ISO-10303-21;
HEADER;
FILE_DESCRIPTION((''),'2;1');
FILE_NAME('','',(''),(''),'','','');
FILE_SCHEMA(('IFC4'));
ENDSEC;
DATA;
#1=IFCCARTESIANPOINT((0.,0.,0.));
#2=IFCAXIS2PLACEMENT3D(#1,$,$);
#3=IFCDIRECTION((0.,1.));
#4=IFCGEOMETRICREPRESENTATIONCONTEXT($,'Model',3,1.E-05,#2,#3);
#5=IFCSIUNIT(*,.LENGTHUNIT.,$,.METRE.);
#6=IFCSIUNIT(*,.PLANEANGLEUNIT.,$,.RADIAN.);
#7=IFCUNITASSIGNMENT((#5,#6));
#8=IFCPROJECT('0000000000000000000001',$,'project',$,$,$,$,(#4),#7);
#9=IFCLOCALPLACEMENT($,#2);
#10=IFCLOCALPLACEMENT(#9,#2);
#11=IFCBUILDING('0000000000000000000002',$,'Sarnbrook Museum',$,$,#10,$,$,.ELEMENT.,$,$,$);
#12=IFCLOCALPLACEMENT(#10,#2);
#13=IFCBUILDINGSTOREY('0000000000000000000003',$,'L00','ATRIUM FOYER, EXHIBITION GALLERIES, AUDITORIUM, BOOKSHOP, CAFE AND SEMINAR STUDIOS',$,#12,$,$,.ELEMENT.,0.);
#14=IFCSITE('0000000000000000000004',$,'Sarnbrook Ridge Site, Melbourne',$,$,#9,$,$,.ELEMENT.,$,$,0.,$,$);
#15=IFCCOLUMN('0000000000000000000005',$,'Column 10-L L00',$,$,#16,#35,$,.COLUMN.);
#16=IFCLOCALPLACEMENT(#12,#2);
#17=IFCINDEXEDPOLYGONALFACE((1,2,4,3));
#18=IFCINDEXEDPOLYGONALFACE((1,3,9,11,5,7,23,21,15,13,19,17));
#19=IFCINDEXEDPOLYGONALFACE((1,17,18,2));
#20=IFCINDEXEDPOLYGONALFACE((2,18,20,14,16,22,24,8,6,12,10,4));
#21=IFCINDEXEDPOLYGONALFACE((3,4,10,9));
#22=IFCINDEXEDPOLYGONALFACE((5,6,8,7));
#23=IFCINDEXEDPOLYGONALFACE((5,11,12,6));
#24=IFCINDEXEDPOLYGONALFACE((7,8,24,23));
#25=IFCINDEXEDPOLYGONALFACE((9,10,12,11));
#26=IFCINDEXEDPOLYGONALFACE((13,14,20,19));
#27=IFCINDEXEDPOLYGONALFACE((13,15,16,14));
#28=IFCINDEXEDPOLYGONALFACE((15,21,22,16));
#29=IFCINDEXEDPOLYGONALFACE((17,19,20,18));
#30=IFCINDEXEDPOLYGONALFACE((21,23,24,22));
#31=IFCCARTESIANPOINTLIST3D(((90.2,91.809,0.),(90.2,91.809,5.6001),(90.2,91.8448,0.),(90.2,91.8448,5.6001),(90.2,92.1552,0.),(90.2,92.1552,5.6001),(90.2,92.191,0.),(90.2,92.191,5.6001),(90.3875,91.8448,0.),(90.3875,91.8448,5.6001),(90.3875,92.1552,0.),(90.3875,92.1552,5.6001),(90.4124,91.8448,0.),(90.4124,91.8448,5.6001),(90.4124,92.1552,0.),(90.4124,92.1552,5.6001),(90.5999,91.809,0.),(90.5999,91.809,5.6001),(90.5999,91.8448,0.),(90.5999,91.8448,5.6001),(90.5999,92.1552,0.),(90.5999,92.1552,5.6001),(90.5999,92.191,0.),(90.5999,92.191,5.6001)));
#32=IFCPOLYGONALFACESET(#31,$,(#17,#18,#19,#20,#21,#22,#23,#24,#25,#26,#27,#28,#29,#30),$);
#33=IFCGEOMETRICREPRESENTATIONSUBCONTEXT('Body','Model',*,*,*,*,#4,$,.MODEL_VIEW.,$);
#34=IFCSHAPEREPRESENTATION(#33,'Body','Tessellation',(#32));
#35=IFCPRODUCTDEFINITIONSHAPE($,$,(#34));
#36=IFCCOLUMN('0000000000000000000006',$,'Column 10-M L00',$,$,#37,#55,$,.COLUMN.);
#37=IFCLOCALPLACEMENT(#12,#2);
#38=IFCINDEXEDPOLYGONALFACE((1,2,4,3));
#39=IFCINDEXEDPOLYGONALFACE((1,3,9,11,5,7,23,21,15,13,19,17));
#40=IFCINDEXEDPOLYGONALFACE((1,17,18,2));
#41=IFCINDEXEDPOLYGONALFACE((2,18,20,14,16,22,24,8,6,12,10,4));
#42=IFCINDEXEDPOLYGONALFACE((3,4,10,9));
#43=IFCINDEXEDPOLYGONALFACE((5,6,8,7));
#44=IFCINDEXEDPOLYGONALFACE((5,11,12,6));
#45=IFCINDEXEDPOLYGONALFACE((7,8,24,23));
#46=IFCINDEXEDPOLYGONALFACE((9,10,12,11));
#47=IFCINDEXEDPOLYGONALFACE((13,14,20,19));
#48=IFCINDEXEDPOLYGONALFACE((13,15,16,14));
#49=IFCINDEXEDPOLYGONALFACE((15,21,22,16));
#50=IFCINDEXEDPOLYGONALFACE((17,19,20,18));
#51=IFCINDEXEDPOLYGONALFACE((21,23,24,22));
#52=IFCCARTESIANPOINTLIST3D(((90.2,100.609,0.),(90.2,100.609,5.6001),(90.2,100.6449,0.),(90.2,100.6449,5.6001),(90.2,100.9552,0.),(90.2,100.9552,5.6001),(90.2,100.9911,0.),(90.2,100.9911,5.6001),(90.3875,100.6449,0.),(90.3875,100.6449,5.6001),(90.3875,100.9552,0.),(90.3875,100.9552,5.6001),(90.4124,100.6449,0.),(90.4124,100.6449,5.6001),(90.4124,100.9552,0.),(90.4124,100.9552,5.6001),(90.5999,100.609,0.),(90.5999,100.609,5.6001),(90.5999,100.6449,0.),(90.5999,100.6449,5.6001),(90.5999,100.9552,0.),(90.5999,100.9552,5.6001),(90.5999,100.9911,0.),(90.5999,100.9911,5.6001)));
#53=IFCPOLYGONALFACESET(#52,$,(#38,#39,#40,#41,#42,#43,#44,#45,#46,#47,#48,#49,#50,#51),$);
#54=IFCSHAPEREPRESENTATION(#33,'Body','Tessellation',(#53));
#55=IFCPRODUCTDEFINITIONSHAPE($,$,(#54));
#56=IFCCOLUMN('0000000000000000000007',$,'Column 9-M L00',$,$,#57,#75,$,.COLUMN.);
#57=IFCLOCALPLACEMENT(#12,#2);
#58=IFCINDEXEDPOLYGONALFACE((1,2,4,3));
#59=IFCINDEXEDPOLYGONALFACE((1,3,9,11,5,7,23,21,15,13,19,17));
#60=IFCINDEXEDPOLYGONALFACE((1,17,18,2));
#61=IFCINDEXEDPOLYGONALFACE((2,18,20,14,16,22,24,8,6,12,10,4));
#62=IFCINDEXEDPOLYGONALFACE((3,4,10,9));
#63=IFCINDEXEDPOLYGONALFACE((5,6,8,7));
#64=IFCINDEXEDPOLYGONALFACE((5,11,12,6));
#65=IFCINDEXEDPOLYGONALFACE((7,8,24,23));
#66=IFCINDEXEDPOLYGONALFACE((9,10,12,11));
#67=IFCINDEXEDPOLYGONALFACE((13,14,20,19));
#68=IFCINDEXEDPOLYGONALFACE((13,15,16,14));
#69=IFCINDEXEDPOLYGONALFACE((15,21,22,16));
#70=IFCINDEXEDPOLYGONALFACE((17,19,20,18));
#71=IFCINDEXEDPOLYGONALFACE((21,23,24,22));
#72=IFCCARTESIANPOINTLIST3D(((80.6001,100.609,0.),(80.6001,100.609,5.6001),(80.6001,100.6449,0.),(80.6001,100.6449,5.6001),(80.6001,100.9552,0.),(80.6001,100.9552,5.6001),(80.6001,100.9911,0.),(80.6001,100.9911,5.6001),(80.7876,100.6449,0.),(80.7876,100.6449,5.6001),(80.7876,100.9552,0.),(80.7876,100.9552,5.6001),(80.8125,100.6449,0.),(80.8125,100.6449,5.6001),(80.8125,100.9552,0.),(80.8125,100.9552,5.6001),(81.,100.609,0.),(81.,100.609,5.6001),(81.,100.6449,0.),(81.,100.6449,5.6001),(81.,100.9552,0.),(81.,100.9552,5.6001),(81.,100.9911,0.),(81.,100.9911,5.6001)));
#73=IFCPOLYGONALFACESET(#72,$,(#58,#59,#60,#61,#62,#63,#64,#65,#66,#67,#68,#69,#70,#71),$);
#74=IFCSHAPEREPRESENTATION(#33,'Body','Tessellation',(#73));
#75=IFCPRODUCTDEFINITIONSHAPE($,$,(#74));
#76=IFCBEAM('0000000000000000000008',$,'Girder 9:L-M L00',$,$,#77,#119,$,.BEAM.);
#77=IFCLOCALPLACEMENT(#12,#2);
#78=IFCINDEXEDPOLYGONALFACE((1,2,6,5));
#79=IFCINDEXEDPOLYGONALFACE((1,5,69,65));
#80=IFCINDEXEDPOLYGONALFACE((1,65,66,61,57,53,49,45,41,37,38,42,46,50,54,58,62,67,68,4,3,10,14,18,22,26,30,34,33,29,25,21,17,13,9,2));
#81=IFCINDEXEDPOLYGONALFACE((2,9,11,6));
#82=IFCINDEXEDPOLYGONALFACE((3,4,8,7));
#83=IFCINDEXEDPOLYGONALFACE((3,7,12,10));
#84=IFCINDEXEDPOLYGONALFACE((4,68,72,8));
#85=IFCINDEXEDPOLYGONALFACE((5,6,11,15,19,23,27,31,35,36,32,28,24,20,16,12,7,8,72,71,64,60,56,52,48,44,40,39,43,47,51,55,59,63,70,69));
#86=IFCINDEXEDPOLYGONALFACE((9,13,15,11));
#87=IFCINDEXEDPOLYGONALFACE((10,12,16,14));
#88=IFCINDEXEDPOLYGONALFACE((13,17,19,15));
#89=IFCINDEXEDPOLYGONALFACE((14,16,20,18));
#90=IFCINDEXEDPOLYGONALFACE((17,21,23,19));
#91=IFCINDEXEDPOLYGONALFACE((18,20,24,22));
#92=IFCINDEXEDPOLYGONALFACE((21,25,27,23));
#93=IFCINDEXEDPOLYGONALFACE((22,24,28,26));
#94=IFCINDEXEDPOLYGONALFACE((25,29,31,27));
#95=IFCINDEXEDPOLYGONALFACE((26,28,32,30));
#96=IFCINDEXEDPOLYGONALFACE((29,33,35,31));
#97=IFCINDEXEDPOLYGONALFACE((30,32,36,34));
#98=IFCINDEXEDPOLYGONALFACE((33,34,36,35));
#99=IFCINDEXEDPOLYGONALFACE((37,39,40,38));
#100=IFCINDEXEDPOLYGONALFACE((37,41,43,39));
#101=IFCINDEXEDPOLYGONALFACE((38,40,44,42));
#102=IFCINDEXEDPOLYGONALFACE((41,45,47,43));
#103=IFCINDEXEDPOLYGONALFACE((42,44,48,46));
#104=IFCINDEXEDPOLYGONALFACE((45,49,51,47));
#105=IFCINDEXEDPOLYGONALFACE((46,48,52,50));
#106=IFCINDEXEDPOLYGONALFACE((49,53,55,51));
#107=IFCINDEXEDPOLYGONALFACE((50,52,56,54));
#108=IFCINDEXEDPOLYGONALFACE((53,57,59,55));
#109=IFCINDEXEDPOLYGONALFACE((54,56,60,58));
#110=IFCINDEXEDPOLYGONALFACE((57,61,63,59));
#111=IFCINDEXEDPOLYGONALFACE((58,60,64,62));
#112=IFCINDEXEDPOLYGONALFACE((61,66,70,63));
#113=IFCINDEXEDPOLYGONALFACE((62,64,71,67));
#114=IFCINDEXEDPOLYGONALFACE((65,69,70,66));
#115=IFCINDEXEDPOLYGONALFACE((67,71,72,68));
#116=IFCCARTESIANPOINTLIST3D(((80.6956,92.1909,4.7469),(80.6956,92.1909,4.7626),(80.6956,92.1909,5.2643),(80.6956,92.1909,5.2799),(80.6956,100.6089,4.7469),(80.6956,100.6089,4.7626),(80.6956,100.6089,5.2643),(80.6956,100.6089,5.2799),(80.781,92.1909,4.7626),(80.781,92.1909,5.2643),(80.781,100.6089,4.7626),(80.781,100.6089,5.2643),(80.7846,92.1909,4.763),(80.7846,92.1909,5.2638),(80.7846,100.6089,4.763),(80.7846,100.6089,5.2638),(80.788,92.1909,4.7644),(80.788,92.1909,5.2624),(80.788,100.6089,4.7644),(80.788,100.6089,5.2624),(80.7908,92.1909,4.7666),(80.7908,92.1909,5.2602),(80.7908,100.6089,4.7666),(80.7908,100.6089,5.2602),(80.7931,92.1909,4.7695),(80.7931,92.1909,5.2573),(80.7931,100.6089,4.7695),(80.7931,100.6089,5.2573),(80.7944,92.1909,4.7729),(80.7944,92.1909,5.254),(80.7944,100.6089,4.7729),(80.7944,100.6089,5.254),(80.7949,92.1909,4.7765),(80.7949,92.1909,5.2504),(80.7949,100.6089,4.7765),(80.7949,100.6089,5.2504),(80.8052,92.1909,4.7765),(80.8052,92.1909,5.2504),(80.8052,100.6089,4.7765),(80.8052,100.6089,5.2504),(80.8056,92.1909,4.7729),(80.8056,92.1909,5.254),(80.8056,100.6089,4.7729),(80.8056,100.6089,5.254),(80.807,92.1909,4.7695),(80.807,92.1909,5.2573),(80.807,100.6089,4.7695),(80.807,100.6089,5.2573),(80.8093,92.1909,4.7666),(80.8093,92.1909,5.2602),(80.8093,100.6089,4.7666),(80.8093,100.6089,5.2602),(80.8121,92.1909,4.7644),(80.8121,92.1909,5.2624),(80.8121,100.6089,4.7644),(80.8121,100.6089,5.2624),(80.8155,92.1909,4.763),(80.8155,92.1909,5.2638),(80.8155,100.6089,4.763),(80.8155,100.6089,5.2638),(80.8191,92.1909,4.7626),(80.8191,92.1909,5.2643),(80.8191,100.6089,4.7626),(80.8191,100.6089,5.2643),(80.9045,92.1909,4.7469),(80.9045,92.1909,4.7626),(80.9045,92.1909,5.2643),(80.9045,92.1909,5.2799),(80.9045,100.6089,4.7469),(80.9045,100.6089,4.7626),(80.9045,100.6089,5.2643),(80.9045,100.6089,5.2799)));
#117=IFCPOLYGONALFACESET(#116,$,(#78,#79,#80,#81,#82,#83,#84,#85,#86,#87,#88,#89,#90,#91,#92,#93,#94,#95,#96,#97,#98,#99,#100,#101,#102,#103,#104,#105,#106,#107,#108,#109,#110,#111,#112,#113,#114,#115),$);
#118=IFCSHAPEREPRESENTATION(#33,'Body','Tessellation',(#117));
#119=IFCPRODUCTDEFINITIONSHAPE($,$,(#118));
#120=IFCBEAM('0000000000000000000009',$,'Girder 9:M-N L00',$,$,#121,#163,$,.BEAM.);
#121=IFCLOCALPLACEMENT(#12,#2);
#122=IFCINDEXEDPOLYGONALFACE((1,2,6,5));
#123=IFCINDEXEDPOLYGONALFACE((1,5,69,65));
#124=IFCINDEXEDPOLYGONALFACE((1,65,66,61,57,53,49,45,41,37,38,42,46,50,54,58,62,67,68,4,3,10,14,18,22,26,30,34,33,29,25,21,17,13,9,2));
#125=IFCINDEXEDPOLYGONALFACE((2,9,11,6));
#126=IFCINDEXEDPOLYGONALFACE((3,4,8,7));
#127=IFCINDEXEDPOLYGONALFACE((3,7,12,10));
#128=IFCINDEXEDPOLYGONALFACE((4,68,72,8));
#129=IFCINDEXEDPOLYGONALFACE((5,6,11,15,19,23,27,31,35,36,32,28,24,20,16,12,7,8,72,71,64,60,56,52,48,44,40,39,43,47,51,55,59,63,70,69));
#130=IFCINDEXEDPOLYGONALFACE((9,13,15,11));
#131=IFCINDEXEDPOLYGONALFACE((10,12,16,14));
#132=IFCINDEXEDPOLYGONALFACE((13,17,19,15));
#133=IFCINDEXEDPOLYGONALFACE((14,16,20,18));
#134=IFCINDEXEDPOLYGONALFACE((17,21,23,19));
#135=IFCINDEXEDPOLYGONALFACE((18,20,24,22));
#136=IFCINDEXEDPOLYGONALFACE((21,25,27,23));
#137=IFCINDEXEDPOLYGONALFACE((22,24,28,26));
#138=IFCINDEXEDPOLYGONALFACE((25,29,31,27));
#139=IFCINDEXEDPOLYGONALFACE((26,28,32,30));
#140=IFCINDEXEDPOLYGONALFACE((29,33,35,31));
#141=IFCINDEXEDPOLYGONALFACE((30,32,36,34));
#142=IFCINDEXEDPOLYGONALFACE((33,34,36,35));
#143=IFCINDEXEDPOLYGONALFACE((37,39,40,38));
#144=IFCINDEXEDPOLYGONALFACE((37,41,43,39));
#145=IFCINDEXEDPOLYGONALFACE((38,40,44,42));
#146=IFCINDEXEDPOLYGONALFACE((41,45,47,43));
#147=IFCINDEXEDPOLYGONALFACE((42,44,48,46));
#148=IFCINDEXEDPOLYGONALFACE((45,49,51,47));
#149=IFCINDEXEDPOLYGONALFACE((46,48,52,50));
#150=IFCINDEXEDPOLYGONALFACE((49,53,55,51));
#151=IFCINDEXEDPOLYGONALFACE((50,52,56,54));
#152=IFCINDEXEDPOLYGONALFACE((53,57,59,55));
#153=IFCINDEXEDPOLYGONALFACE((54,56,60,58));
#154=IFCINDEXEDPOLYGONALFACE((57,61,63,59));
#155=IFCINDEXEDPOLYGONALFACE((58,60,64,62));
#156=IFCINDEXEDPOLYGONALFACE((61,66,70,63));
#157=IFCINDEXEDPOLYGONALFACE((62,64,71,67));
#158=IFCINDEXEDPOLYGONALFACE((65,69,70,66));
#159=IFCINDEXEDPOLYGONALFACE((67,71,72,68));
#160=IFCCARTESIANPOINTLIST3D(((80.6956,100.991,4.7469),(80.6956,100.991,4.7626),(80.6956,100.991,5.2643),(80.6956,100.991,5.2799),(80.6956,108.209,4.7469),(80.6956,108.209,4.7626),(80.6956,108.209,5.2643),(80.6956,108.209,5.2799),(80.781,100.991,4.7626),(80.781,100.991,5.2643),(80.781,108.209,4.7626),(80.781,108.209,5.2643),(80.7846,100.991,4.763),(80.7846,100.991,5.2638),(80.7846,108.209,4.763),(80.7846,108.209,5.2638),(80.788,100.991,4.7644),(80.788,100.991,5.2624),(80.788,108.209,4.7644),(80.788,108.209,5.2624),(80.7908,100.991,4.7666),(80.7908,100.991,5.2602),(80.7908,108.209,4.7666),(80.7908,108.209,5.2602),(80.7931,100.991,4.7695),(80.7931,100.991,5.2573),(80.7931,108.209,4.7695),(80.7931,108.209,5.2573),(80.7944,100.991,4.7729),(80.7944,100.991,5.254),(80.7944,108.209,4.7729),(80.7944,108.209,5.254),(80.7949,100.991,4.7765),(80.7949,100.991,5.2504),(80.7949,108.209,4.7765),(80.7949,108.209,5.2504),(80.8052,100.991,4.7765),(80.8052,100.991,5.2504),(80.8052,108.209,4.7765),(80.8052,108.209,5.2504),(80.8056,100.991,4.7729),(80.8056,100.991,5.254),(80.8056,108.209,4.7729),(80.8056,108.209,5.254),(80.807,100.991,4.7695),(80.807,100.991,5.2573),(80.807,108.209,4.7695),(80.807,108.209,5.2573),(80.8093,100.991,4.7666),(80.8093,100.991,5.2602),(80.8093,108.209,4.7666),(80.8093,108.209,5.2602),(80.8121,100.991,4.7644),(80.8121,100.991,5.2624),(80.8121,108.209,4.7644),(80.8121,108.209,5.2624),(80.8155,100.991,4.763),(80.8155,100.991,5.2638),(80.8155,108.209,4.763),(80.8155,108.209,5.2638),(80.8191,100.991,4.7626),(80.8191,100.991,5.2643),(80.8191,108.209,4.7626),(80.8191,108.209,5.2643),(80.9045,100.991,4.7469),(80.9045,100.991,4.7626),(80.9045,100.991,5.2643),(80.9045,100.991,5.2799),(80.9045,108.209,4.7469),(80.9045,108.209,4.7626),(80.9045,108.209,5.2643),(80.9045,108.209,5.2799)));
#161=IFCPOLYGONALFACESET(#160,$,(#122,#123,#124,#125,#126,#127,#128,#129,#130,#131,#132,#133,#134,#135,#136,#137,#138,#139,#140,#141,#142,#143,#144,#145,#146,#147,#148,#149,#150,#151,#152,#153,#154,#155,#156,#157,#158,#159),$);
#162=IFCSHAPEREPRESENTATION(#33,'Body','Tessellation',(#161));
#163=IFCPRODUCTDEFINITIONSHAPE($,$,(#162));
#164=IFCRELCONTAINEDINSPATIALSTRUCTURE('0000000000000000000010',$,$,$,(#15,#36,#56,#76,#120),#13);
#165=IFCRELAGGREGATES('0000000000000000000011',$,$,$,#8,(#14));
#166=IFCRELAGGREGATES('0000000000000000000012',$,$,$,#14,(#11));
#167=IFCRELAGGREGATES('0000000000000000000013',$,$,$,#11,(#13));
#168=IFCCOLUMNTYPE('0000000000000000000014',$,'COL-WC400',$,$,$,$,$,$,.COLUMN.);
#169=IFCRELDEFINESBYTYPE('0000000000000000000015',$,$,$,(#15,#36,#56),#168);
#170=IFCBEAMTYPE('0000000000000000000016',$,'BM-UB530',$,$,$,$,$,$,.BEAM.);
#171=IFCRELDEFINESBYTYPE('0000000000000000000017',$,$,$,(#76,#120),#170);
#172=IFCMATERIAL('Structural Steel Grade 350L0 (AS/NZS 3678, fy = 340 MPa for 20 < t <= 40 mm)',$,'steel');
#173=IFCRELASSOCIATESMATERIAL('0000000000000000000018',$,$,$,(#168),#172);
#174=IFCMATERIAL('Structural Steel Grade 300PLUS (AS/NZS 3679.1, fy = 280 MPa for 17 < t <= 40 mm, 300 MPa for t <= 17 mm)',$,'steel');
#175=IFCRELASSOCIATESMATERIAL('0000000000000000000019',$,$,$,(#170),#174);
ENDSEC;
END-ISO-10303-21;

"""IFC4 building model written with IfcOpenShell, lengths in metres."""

from ifc_helpers import new_model, si_unit, direction, frame, origin, origin_2d, place, context, subcontext, project, spatial, i_section, extrude, material, material_profile, profile_set, type_object, element, save


model = new_model("IFC4")

# Units and contexts
model_context = context("Model", 3, precision=1e-05, world=origin(), true_north=direction((0.0, 1.0)))
body_context = subcontext(model_context, "Body", "Model", "MODEL_VIEW")
ifc_project = project(units=[si_unit("LENGTHUNIT", "METRE"), si_unit("PLANEANGLEUNIT", "RADIAN")], contexts=[model_context])

# Site, building, storey
site_placement = place(None, origin())
site = spatial("IfcSite", under=ifc_project, at=site_placement, Name="Sarnbrook Ridge Site, Melbourne", CompositionType="ELEMENT", RefElevation=0.0)
building_placement = place(site_placement, origin())
building = spatial("IfcBuilding", under=site, at=building_placement, Name="Sarnbrook Museum", CompositionType="ELEMENT")
storey_placement = place(building_placement, origin())
storey = spatial("IfcBuildingStorey", under=building, at=storey_placement, Name="L00", Description="ATRIUM FOYER, EXHIBITION GALLERIES, AUDITORIUM, BOOKSHOP, CAFE AND SEMINAR STUDIOS", CompositionType="ELEMENT", Elevation=0.0)

# Columns
ifc_material_1 = material(Name="Structural Steel Grade 350L0 (AS/NZS 3678, fy = 340 MPa for 20 < t <= 40 mm)", Category="steel")
ifc_material_profile_1 = material_profile(ifc_material_1, i_section(OverallWidth=0.3999, OverallDepth=0.3821, WebThickness=0.0249, FlangeThickness=0.0359, at=origin_2d()), Name="400WC270")
ifc_profile_set_1 = profile_set([ifc_material_profile_1], Name="Structural Steel Grade 350L0 (AS/NZS 3678, fy = 340 MPa for 20 < t <= 40 mm)")
column_type = type_object("IfcColumnType", Name="COL-WC400", PredefinedType="COLUMN", material=ifc_profile_set_1)
for number, where, z_axis, x_axis, name in (
    (1, (90.3999, 92.0, 0.0), (0.0, 0.0, 1.0), (1.0, 0.0, 0.0), "Column 10-L L00"),
    (2, (90.3999, 100.8, 0.0), (0.0, 0.0, 1.0), (1.0, 0.0, 0.0), "Column 10-M L00"),
    (3, (80.8, 100.8, 0.0), (0.0, 0.0, 1.0), (1.0, 0.0, 0.0), "Column 9-M L00"),
):
    element("IfcColumn", number, at=place(storey_placement, frame(where, z_axis=z_axis, x_axis=x_axis)), inside=storey, type_object=column_type, Name=name, PredefinedType="COLUMN", context=body_context, shape_type="SweptSolid", body=[
        extrude(i_section(OverallWidth=0.3999, OverallDepth=0.3821, WebThickness=0.0249, FlangeThickness=0.0359, at=origin_2d()), origin(), (0.0, 0.0, 1.0), 5.6001),
    ])

# Beams
ifc_material_2 = material(Name="Structural Steel Grade 300PLUS (AS/NZS 3679.1, fy = 280 MPa for 17 < t <= 40 mm, 300 MPa for t <= 17 mm)", Category="steel")
ifc_material_profile_2 = material_profile(ifc_material_2, i_section(OverallWidth=0.209, OverallDepth=0.533, WebThickness=0.0103, FlangeThickness=0.0156, FilletRadius=0.0139, at=origin_2d()), Name="530UB92.4")
ifc_profile_set_2 = profile_set([ifc_material_profile_2], Name="Structural Steel Grade 300PLUS (AS/NZS 3679.1, fy = 280 MPa for 17 < t <= 40 mm, 300 MPa for t <= 17 mm)")
beam_type_1 = type_object("IfcBeamType", Name="BM-UB530", PredefinedType="BEAM", material=ifc_profile_set_2)
beam_1_placement = place(storey_placement, frame((80.8, 92.1909, 5.0134), z_axis=(0.0, 1.0, 0.0), x_axis=(-1.0, 0.0, 0.0)))
element("IfcBeam", 4, at=beam_1_placement, inside=storey, type_object=beam_type_1, Name="Girder 9:L-M L00", PredefinedType="BEAM", context=body_context, shape_type="SweptSolid", body=[
    extrude(i_section(OverallWidth=0.209, OverallDepth=0.533, WebThickness=0.0103, FlangeThickness=0.0156, FilletRadius=0.0139, at=origin_2d()), origin(), (0.0, 0.0, 1.0), 8.418),
])
beam_2_placement = place(storey_placement, frame((80.8, 100.991, 5.0134), z_axis=(0.0, 1.0, 0.0), x_axis=(-1.0, 0.0, 0.0)))
element("IfcBeam", 5, at=beam_2_placement, inside=storey, type_object=beam_type_1, Name="Girder 9:M-N L00", PredefinedType="BEAM", context=body_context, shape_type="SweptSolid", body=[
    extrude(i_section(OverallWidth=0.209, OverallDepth=0.533, WebThickness=0.0103, FlangeThickness=0.0156, FilletRadius=0.0139, at=origin_2d()), origin(), (0.0, 0.0, 1.0), 7.218),
])

save(model, "model.ifc")
